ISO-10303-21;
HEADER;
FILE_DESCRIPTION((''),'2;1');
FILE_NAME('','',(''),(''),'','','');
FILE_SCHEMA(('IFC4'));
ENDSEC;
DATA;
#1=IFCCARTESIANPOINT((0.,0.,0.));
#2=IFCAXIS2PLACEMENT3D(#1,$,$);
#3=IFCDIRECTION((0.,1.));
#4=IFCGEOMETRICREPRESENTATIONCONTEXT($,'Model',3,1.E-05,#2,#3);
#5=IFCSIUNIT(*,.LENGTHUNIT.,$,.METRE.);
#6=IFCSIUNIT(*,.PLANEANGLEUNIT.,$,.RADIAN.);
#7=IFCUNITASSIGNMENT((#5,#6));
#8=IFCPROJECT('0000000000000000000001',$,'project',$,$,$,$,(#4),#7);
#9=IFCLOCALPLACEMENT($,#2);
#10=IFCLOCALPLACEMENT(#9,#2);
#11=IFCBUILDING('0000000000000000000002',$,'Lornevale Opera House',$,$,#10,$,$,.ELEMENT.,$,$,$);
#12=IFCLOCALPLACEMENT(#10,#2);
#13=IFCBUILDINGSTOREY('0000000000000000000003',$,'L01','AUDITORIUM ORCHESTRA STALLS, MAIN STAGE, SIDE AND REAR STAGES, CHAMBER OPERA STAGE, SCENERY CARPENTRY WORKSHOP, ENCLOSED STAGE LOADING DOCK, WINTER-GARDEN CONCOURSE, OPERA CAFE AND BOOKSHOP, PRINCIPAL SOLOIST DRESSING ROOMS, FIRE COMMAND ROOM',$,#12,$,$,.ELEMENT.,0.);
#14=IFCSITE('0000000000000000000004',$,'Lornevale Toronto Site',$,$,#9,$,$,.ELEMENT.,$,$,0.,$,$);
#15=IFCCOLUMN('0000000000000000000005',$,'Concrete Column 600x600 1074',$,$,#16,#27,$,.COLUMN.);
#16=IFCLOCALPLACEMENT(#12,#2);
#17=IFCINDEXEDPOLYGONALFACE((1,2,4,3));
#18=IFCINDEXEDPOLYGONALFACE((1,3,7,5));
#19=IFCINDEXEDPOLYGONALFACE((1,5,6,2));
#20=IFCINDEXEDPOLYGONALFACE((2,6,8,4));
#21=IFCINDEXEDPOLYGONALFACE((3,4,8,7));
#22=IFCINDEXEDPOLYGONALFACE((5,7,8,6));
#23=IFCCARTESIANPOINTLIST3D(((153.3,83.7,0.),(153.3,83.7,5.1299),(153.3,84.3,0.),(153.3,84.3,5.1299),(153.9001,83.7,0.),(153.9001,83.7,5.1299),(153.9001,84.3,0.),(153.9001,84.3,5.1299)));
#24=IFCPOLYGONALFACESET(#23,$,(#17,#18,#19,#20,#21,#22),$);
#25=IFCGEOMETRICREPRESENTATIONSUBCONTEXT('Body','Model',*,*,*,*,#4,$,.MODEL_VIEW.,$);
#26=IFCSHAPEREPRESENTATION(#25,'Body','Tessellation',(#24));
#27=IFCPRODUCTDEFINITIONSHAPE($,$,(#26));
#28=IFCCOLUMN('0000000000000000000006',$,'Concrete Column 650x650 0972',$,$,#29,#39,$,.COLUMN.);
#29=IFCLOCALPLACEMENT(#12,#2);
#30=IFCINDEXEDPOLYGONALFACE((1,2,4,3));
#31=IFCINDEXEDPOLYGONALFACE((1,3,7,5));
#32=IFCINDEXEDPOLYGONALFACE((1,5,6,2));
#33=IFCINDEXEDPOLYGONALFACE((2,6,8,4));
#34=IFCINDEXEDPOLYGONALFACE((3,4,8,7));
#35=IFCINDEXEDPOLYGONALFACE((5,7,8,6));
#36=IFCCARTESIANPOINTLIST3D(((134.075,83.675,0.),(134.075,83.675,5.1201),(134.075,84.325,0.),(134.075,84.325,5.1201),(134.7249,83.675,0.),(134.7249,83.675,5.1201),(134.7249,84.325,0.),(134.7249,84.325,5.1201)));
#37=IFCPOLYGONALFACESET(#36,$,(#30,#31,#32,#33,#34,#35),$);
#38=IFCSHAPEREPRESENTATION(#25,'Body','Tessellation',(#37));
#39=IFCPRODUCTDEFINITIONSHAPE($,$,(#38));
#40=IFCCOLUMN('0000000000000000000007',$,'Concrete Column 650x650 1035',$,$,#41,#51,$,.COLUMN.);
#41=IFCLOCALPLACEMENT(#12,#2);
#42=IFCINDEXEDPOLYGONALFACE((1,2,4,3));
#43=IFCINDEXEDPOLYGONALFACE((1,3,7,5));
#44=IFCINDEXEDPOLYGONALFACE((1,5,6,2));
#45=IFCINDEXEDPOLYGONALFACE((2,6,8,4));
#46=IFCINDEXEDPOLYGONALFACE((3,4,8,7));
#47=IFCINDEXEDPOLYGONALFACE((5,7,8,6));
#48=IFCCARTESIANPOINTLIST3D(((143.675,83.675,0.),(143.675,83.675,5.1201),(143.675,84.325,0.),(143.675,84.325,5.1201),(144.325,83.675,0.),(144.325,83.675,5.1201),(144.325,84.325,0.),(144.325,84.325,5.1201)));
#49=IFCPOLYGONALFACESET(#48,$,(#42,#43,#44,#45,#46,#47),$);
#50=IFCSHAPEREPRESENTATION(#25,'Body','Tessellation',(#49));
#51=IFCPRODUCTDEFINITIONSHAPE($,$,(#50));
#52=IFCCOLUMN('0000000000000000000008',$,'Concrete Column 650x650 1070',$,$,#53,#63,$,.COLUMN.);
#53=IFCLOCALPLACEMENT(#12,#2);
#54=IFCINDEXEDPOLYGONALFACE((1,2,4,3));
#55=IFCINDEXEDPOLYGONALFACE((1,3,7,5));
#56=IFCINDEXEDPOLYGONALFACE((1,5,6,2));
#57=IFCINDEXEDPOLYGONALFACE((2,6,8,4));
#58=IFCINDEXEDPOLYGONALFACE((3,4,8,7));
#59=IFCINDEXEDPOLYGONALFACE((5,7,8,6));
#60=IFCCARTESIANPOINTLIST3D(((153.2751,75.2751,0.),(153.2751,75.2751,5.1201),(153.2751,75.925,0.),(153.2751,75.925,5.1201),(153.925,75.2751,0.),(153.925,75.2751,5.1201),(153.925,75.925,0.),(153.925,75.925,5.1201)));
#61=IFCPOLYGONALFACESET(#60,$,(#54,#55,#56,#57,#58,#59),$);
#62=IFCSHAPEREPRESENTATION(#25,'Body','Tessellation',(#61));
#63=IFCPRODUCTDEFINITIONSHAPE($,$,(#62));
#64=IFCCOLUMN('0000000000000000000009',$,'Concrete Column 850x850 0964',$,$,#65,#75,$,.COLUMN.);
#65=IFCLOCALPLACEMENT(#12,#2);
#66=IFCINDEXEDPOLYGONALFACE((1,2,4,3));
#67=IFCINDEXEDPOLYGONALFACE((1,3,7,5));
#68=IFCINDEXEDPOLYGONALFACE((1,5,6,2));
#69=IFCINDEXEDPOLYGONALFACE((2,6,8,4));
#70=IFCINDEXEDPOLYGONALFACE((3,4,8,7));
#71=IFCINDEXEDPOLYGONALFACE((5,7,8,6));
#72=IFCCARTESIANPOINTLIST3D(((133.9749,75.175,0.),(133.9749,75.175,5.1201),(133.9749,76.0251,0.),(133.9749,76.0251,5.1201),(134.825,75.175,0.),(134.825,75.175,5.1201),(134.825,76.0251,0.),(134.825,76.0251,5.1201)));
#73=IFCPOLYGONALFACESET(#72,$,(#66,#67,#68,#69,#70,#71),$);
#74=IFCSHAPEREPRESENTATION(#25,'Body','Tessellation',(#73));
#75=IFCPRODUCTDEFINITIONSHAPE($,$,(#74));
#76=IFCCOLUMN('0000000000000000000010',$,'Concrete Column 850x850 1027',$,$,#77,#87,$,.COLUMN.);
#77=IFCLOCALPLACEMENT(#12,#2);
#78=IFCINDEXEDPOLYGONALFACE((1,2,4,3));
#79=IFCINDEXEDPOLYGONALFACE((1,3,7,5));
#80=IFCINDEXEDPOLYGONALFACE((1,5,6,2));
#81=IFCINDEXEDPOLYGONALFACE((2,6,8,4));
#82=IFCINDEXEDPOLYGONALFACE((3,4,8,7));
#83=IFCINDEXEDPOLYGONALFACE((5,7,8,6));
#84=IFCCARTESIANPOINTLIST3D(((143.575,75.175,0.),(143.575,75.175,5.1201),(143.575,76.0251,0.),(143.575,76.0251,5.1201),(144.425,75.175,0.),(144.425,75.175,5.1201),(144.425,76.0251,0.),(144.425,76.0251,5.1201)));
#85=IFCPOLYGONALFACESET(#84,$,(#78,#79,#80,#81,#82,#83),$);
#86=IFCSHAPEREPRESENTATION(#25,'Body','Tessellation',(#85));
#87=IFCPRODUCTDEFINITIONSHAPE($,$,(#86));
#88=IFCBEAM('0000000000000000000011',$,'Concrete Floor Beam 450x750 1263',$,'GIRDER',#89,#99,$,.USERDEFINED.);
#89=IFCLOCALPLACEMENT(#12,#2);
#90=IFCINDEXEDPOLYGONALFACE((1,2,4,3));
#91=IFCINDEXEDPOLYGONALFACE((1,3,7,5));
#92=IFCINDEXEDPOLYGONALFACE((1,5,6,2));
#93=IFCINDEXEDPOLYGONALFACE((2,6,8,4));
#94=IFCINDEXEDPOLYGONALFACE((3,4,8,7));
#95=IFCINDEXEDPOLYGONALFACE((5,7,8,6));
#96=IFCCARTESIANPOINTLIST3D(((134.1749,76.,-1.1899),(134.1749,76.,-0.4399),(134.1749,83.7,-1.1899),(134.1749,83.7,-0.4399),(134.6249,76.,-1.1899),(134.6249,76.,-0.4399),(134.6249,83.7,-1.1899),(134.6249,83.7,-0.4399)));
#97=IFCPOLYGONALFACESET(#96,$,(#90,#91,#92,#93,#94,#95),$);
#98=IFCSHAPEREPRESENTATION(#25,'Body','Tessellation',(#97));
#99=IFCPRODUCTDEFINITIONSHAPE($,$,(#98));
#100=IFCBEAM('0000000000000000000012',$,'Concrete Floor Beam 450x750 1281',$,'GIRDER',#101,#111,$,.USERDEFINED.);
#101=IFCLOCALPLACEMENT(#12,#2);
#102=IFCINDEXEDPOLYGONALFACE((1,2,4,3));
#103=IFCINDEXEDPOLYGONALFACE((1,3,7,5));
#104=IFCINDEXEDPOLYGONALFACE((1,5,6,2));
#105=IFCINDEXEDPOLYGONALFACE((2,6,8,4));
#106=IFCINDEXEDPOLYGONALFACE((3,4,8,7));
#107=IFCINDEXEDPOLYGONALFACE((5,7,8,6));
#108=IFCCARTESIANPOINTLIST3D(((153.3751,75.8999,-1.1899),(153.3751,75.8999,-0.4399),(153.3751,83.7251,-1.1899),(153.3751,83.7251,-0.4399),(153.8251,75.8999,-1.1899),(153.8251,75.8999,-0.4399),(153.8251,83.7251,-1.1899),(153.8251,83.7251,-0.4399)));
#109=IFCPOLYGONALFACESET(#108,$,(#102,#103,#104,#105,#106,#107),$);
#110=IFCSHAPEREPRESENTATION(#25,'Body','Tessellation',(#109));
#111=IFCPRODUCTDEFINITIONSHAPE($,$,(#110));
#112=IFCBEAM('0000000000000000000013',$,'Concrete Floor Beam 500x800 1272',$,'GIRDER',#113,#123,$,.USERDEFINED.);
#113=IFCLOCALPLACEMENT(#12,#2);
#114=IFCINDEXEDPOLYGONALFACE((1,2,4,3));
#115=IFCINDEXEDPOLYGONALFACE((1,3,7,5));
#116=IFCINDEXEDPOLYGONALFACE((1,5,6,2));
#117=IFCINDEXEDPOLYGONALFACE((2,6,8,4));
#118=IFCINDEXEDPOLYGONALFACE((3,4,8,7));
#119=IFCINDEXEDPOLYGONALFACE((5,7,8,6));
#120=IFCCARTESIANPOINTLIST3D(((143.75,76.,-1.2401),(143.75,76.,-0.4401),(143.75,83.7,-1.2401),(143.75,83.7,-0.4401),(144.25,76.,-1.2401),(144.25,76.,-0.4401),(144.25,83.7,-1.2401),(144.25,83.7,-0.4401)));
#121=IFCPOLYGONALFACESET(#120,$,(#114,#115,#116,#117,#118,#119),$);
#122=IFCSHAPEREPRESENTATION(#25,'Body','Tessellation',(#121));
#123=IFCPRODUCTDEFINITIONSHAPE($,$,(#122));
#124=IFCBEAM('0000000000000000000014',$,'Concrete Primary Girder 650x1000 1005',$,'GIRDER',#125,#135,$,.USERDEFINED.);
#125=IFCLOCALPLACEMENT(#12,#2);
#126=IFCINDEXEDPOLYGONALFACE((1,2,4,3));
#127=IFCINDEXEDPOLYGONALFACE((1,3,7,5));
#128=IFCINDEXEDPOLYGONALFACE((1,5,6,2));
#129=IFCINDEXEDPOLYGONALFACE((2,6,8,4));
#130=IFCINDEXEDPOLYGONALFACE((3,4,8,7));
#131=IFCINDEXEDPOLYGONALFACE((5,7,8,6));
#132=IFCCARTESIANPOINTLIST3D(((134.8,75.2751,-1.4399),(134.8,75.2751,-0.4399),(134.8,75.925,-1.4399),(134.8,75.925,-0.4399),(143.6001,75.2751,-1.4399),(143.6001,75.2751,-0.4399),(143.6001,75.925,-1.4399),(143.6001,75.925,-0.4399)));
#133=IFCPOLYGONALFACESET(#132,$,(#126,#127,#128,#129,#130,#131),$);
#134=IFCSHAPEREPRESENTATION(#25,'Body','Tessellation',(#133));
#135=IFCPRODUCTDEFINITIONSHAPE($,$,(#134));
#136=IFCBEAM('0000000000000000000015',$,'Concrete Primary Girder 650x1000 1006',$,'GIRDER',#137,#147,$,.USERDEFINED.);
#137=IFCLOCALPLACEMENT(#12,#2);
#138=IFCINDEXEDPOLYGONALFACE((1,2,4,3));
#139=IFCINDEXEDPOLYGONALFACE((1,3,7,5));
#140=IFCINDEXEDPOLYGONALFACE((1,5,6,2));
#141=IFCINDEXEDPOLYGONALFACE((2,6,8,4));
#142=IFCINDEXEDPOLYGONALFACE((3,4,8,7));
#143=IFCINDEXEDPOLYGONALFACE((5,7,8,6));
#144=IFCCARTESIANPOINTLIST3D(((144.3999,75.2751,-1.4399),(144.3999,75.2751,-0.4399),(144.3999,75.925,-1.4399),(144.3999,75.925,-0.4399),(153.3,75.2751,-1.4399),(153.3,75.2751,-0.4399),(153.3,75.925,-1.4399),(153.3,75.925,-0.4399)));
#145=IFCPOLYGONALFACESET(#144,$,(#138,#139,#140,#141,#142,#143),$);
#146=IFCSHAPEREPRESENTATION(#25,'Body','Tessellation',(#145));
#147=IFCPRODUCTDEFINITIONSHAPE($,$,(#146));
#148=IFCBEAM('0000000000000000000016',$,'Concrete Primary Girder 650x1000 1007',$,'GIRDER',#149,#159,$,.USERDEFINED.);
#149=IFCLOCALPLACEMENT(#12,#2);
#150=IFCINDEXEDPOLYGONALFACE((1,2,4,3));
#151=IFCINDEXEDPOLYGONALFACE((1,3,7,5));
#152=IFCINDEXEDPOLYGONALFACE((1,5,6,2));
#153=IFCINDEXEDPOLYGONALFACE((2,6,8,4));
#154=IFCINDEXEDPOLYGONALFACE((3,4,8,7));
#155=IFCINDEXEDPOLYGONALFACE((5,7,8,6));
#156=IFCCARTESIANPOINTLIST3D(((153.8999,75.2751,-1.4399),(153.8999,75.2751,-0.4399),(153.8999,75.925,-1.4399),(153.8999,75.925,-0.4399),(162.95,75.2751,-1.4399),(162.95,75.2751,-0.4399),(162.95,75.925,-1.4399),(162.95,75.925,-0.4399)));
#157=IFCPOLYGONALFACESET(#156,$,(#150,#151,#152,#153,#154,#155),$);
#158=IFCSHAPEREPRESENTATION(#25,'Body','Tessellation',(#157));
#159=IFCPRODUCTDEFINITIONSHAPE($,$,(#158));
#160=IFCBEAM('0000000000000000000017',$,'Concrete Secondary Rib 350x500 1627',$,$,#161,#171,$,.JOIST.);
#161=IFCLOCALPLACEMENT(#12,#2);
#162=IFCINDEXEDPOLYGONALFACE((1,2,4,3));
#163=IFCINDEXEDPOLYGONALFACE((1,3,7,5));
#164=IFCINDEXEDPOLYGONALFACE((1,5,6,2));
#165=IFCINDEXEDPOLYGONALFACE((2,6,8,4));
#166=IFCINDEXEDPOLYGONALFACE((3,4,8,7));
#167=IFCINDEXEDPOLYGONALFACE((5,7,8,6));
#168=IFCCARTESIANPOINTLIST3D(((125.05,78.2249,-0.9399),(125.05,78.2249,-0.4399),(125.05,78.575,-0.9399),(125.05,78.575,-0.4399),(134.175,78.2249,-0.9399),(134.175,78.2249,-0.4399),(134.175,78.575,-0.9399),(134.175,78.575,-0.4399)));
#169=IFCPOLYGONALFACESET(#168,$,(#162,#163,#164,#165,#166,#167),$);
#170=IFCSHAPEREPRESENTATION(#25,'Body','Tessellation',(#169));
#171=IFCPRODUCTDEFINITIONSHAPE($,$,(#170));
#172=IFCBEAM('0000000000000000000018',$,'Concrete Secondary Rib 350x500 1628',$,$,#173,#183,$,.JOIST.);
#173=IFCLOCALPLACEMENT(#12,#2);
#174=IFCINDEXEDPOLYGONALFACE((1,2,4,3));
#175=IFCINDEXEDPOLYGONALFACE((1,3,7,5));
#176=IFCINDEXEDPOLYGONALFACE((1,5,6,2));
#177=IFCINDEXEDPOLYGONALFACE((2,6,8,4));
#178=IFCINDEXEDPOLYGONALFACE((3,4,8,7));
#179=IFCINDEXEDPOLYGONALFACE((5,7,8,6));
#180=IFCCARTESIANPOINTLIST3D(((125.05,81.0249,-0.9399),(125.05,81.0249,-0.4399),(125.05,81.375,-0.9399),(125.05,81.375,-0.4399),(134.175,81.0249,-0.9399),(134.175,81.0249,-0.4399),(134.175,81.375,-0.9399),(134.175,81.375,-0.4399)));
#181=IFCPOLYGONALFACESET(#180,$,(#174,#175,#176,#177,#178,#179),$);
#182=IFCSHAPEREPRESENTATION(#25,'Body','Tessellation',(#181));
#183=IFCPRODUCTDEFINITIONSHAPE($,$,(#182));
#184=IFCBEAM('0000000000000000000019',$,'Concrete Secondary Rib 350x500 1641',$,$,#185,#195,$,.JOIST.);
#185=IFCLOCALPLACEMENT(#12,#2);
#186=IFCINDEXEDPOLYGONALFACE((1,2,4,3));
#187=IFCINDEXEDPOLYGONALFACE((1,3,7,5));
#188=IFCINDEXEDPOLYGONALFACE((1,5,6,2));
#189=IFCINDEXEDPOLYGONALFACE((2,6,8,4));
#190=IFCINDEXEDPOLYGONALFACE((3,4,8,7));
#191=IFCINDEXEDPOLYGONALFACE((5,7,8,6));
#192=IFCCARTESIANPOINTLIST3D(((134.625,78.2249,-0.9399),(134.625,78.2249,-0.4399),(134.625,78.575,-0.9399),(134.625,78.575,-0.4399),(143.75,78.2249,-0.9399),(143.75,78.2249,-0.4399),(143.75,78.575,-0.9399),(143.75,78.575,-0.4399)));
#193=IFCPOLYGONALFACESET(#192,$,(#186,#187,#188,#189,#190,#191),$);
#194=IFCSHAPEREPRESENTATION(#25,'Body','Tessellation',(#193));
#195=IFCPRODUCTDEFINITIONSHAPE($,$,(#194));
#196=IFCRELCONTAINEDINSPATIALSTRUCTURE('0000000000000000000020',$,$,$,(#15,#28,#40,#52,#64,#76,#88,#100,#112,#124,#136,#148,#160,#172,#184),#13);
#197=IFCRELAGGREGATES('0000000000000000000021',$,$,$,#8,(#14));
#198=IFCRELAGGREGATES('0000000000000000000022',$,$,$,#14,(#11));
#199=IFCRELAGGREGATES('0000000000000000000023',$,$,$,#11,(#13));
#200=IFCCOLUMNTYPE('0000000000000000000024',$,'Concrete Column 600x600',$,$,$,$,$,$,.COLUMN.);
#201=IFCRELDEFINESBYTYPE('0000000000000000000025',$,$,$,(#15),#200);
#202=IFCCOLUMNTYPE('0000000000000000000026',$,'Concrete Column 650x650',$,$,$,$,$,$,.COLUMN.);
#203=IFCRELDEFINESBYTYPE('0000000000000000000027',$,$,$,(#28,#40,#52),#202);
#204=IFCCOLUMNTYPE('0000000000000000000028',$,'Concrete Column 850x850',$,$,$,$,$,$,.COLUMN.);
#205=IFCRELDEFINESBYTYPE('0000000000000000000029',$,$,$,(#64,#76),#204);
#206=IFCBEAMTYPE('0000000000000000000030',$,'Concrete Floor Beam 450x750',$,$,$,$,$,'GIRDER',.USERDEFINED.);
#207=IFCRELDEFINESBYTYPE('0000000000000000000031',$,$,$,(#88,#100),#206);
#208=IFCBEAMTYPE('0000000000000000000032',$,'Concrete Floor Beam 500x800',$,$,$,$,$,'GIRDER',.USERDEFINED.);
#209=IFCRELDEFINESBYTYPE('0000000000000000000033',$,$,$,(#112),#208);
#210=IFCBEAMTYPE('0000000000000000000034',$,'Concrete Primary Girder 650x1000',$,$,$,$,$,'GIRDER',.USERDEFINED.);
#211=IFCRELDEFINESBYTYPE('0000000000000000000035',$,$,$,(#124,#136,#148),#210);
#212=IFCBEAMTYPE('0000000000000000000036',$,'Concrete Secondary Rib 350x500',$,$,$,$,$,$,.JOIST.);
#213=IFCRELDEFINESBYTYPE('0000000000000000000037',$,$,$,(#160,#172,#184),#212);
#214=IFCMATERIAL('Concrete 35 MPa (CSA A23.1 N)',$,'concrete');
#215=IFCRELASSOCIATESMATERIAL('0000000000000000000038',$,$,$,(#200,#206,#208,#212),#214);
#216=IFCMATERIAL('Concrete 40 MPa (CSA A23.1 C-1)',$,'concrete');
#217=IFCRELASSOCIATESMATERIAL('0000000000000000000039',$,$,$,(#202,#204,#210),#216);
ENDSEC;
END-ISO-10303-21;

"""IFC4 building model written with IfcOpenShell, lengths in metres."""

from ifc_helpers import new_model, si_unit, direction, frame, origin, origin_2d, place, context, subcontext, project, spatial, rectangle, extrude, material, material_profile, profile_set, type_object, element, save


model = new_model("IFC4")

# Units and contexts
model_context = context("Model", 3, precision=1e-05, world=origin(), true_north=direction((0.0, 1.0)))
body_context = subcontext(model_context, "Body", "Model", "MODEL_VIEW")
ifc_project = project(units=[si_unit("LENGTHUNIT", "METRE"), si_unit("PLANEANGLEUNIT", "RADIAN")], contexts=[model_context])

# Site, building, storey
site_placement = place(None, origin())
site = spatial("IfcSite", under=ifc_project, at=site_placement, Name="Lornevale Toronto Site", CompositionType="ELEMENT", RefElevation=0.0)
building_placement = place(site_placement, origin())
building = spatial("IfcBuilding", under=site, at=building_placement, Name="Lornevale Opera House", CompositionType="ELEMENT")
storey_placement = place(building_placement, origin())
storey = spatial("IfcBuildingStorey", under=building, at=storey_placement, Name="L01", Description="AUDITORIUM ORCHESTRA STALLS, MAIN STAGE, SIDE AND REAR STAGES, CHAMBER OPERA STAGE, SCENERY CARPENTRY WORKSHOP, ENCLOSED STAGE LOADING DOCK, WINTER-GARDEN CONCOURSE, OPERA CAFE AND BOOKSHOP, PRINCIPAL SOLOIST DRESSING ROOMS, FIRE COMMAND ROOM", CompositionType="ELEMENT", Elevation=0.0)

# Columns
ifc_material_1 = material(Name="Concrete 35 MPa (CSA A23.1 N)", Category="concrete")
ifc_material_profile_1 = material_profile(ifc_material_1, rectangle(XDim=0.6001, YDim=0.6001, at=origin_2d()), Name="RC600x600")
ifc_profile_set_1 = profile_set([ifc_material_profile_1], Name="Concrete 35 MPa (CSA A23.1 N)")
column_type_1 = type_object("IfcColumnType", Name="Concrete Column 600x600", PredefinedType="COLUMN", material=ifc_profile_set_1)
column_placement = place(storey_placement, frame((153.6001, 84.0, 0.0), z_axis=(0.0, 0.0, 1.0), x_axis=(1.0, 0.0, 0.0)))
element("IfcColumn", 1, at=column_placement, inside=storey, type_object=column_type_1, Name="Concrete Column 600x600 1074", PredefinedType="COLUMN", context=body_context, shape_type="SweptSolid", body=[
    extrude(rectangle(XDim=0.6001, YDim=0.6001, at=origin_2d()), origin(), (0.0, 0.0, 1.0), 5.1299),
])
ifc_material_2 = material(Name="Concrete 40 MPa (CSA A23.1 C-1)", Category="concrete")
ifc_material_profile_2 = material_profile(ifc_material_2, rectangle(XDim=0.6499, YDim=0.6499, at=origin_2d()), Name="RC650x650")
ifc_profile_set_2 = profile_set([ifc_material_profile_2], Name="Concrete 40 MPa (CSA A23.1 C-1)")
column_type_2 = type_object("IfcColumnType", Name="Concrete Column 650x650", PredefinedType="COLUMN", material=ifc_profile_set_2)
for number, where, z_axis, x_axis, name in (
    (2, (134.3999, 84.0, 0.0), (0.0, 0.0, 1.0), (1.0, 0.0, 0.0), "Concrete Column 650x650 0972"),
    (3, (144.0, 84.0, 0.0), (0.0, 0.0, 1.0), (1.0, 0.0, 0.0), "Concrete Column 650x650 1035"),
    (4, (153.6001, 75.6001, 0.0), (0.0, 0.0, 1.0), (1.0, 0.0, 0.0), "Concrete Column 650x650 1070"),
):
    element("IfcColumn", number, at=place(storey_placement, frame(where, z_axis=z_axis, x_axis=x_axis)), inside=storey, type_object=column_type_2, Name=name, PredefinedType="COLUMN", context=body_context, shape_type="SweptSolid", body=[
        extrude(rectangle(XDim=0.6499, YDim=0.6499, at=origin_2d()), origin(), (0.0, 0.0, 1.0), 5.1201),
    ])
ifc_material_profile_3 = material_profile(ifc_material_2, rectangle(XDim=0.8501, YDim=0.8501, at=origin_2d()), Name="RC850x850")
ifc_profile_set_3 = profile_set([ifc_material_profile_3], Name="Concrete 40 MPa (CSA A23.1 C-1)")
column_type_3 = type_object("IfcColumnType", Name="Concrete Column 850x850", PredefinedType="COLUMN", material=ifc_profile_set_3)
for number, where, z_axis, x_axis, name in (
    (5, (134.3999, 75.6001, 0.0), (0.0, 0.0, 1.0), (1.0, 0.0, 0.0), "Concrete Column 850x850 0964"),
    (6, (144.0, 75.6001, 0.0), (0.0, 0.0, 1.0), (1.0, 0.0, 0.0), "Concrete Column 850x850 1027"),
):
    element("IfcColumn", number, at=place(storey_placement, frame(where, z_axis=z_axis, x_axis=x_axis)), inside=storey, type_object=column_type_3, Name=name, PredefinedType="COLUMN", context=body_context, shape_type="SweptSolid", body=[
        extrude(rectangle(XDim=0.8501, YDim=0.8501, at=origin_2d()), origin(), (0.0, 0.0, 1.0), 5.1201),
    ])

# Beams
ifc_material_profile_4 = material_profile(ifc_material_1, rectangle(XDim=0.45, YDim=0.75, at=origin_2d()), Name="RC450x750")
ifc_profile_set_4 = profile_set([ifc_material_profile_4], Name="Concrete 35 MPa (CSA A23.1 N)")
beam_type_1 = type_object("IfcBeamType", Name="Concrete Floor Beam 450x750", ElementType="GIRDER", PredefinedType="USERDEFINED", material=ifc_profile_set_4)
beam_1_placement = place(storey_placement, frame((134.3999, 76.0, -0.8149), z_axis=(0.0, 1.0, 0.0), x_axis=(-1.0, 0.0, 0.0)))
element("IfcBeam", 7, at=beam_1_placement, inside=storey, type_object=beam_type_1, Name="Concrete Floor Beam 450x750 1263", ObjectType="GIRDER", PredefinedType="USERDEFINED", context=body_context, shape_type="SweptSolid", body=[
    extrude(rectangle(XDim=0.45, YDim=0.75, at=origin_2d()), origin(), (0.0, 0.0, 1.0), 7.7),
])
beam_2_placement = place(storey_placement, frame((153.6001, 75.8999, -0.8149), z_axis=(0.0, 1.0, 0.0), x_axis=(-1.0, 0.0, 0.0)))
element("IfcBeam", 8, at=beam_2_placement, inside=storey, type_object=beam_type_1, Name="Concrete Floor Beam 450x750 1281", ObjectType="GIRDER", PredefinedType="USERDEFINED", context=body_context, shape_type="SweptSolid", body=[
    extrude(rectangle(XDim=0.45, YDim=0.75, at=origin_2d()), origin(), (0.0, 0.0, 1.0), 7.8252),
])
ifc_material_profile_5 = material_profile(ifc_material_1, rectangle(XDim=0.5, YDim=0.8, at=origin_2d()), Name="RC500x800")
ifc_profile_set_5 = profile_set([ifc_material_profile_5], Name="Concrete 35 MPa (CSA A23.1 N)")
beam_type_2 = type_object("IfcBeamType", Name="Concrete Floor Beam 500x800", ElementType="GIRDER", PredefinedType="USERDEFINED", material=ifc_profile_set_5)
beam_3_placement = place(storey_placement, frame((144.0, 76.0, -0.8401), z_axis=(0.0, 1.0, 0.0), x_axis=(-1.0, 0.0, 0.0)))
element("IfcBeam", 9, at=beam_3_placement, inside=storey, type_object=beam_type_2, Name="Concrete Floor Beam 500x800 1272", ObjectType="GIRDER", PredefinedType="USERDEFINED", context=body_context, shape_type="SweptSolid", body=[
    extrude(rectangle(XDim=0.5, YDim=0.8, at=origin_2d()), origin(), (0.0, 0.0, 1.0), 7.7),
])
ifc_material_profile_6 = material_profile(ifc_material_2, rectangle(XDim=0.6499, YDim=1.0, at=origin_2d()), Name="RC650x1000")
ifc_profile_set_6 = profile_set([ifc_material_profile_6], Name="Concrete 40 MPa (CSA A23.1 C-1)")
beam_type_3 = type_object("IfcBeamType", Name="Concrete Primary Girder 650x1000", ElementType="GIRDER", PredefinedType="USERDEFINED", material=ifc_profile_set_6)
beam_4_placement = place(storey_placement, frame((134.8, 75.6001, -0.9399), z_axis=(1.0, 0.0, 0.0), x_axis=(0.0, 1.0, 0.0)))
element("IfcBeam", 10, at=beam_4_placement, inside=storey, type_object=beam_type_3, Name="Concrete Primary Girder 650x1000 1005", ObjectType="GIRDER", PredefinedType="USERDEFINED", context=body_context, shape_type="SweptSolid", body=[
    extrude(rectangle(XDim=0.6499, YDim=1.0, at=origin_2d()), origin(), (0.0, 0.0, 1.0), 8.8),
])
beam_5_placement = place(storey_placement, frame((144.3999, 75.6001, -0.9399), z_axis=(1.0, 0.0, 0.0), x_axis=(0.0, 1.0, 0.0)))
element("IfcBeam", 11, at=beam_5_placement, inside=storey, type_object=beam_type_3, Name="Concrete Primary Girder 650x1000 1006", ObjectType="GIRDER", PredefinedType="USERDEFINED", context=body_context, shape_type="SweptSolid", body=[
    extrude(rectangle(XDim=0.6499, YDim=1.0, at=origin_2d()), origin(), (0.0, 0.0, 1.0), 8.9001),
])
beam_6_placement = place(storey_placement, frame((153.8999, 75.6001, -0.9399), z_axis=(1.0, 0.0, 0.0), x_axis=(0.0, 1.0, 0.0)))
element("IfcBeam", 12, at=beam_6_placement, inside=storey, type_object=beam_type_3, Name="Concrete Primary Girder 650x1000 1007", ObjectType="GIRDER", PredefinedType="USERDEFINED", context=body_context, shape_type="SweptSolid", body=[
    extrude(rectangle(XDim=0.6499, YDim=1.0, at=origin_2d()), origin(), (0.0, 0.0, 1.0), 9.05),
])
ifc_material_profile_7 = material_profile(ifc_material_1, rectangle(XDim=0.3501, YDim=0.5, at=origin_2d()), Name="RC350x500")
ifc_profile_set_7 = profile_set([ifc_material_profile_7], Name="Concrete 35 MPa (CSA A23.1 N)")
beam_type_4 = type_object("IfcBeamType", Name="Concrete Secondary Rib 350x500", PredefinedType="JOIST", material=ifc_profile_set_7)
for number, where, z_axis, x_axis, name in (
    (13, (125.05, 78.3999, -0.6899), (1.0, 0.0, 0.0), (0.0, 1.0, 0.0), "Concrete Secondary Rib 350x500 1627"),
    (14, (125.05, 81.2, -0.6899), (1.0, 0.0, 0.0), (0.0, 1.0, 0.0), "Concrete Secondary Rib 350x500 1628"),
    (15, (134.625, 78.3999, -0.6899), (1.0, 0.0, 0.0), (0.0, 1.0, 0.0), "Concrete Secondary Rib 350x500 1641"),
):
    element("IfcBeam", number, at=place(storey_placement, frame(where, z_axis=z_axis, x_axis=x_axis)), inside=storey, type_object=beam_type_4, Name=name, PredefinedType="JOIST", context=body_context, shape_type="SweptSolid", body=[
        extrude(rectangle(XDim=0.3501, YDim=0.5, at=origin_2d()), origin(), (0.0, 0.0, 1.0), 9.125),
    ])

save(model, "model.ifc")
